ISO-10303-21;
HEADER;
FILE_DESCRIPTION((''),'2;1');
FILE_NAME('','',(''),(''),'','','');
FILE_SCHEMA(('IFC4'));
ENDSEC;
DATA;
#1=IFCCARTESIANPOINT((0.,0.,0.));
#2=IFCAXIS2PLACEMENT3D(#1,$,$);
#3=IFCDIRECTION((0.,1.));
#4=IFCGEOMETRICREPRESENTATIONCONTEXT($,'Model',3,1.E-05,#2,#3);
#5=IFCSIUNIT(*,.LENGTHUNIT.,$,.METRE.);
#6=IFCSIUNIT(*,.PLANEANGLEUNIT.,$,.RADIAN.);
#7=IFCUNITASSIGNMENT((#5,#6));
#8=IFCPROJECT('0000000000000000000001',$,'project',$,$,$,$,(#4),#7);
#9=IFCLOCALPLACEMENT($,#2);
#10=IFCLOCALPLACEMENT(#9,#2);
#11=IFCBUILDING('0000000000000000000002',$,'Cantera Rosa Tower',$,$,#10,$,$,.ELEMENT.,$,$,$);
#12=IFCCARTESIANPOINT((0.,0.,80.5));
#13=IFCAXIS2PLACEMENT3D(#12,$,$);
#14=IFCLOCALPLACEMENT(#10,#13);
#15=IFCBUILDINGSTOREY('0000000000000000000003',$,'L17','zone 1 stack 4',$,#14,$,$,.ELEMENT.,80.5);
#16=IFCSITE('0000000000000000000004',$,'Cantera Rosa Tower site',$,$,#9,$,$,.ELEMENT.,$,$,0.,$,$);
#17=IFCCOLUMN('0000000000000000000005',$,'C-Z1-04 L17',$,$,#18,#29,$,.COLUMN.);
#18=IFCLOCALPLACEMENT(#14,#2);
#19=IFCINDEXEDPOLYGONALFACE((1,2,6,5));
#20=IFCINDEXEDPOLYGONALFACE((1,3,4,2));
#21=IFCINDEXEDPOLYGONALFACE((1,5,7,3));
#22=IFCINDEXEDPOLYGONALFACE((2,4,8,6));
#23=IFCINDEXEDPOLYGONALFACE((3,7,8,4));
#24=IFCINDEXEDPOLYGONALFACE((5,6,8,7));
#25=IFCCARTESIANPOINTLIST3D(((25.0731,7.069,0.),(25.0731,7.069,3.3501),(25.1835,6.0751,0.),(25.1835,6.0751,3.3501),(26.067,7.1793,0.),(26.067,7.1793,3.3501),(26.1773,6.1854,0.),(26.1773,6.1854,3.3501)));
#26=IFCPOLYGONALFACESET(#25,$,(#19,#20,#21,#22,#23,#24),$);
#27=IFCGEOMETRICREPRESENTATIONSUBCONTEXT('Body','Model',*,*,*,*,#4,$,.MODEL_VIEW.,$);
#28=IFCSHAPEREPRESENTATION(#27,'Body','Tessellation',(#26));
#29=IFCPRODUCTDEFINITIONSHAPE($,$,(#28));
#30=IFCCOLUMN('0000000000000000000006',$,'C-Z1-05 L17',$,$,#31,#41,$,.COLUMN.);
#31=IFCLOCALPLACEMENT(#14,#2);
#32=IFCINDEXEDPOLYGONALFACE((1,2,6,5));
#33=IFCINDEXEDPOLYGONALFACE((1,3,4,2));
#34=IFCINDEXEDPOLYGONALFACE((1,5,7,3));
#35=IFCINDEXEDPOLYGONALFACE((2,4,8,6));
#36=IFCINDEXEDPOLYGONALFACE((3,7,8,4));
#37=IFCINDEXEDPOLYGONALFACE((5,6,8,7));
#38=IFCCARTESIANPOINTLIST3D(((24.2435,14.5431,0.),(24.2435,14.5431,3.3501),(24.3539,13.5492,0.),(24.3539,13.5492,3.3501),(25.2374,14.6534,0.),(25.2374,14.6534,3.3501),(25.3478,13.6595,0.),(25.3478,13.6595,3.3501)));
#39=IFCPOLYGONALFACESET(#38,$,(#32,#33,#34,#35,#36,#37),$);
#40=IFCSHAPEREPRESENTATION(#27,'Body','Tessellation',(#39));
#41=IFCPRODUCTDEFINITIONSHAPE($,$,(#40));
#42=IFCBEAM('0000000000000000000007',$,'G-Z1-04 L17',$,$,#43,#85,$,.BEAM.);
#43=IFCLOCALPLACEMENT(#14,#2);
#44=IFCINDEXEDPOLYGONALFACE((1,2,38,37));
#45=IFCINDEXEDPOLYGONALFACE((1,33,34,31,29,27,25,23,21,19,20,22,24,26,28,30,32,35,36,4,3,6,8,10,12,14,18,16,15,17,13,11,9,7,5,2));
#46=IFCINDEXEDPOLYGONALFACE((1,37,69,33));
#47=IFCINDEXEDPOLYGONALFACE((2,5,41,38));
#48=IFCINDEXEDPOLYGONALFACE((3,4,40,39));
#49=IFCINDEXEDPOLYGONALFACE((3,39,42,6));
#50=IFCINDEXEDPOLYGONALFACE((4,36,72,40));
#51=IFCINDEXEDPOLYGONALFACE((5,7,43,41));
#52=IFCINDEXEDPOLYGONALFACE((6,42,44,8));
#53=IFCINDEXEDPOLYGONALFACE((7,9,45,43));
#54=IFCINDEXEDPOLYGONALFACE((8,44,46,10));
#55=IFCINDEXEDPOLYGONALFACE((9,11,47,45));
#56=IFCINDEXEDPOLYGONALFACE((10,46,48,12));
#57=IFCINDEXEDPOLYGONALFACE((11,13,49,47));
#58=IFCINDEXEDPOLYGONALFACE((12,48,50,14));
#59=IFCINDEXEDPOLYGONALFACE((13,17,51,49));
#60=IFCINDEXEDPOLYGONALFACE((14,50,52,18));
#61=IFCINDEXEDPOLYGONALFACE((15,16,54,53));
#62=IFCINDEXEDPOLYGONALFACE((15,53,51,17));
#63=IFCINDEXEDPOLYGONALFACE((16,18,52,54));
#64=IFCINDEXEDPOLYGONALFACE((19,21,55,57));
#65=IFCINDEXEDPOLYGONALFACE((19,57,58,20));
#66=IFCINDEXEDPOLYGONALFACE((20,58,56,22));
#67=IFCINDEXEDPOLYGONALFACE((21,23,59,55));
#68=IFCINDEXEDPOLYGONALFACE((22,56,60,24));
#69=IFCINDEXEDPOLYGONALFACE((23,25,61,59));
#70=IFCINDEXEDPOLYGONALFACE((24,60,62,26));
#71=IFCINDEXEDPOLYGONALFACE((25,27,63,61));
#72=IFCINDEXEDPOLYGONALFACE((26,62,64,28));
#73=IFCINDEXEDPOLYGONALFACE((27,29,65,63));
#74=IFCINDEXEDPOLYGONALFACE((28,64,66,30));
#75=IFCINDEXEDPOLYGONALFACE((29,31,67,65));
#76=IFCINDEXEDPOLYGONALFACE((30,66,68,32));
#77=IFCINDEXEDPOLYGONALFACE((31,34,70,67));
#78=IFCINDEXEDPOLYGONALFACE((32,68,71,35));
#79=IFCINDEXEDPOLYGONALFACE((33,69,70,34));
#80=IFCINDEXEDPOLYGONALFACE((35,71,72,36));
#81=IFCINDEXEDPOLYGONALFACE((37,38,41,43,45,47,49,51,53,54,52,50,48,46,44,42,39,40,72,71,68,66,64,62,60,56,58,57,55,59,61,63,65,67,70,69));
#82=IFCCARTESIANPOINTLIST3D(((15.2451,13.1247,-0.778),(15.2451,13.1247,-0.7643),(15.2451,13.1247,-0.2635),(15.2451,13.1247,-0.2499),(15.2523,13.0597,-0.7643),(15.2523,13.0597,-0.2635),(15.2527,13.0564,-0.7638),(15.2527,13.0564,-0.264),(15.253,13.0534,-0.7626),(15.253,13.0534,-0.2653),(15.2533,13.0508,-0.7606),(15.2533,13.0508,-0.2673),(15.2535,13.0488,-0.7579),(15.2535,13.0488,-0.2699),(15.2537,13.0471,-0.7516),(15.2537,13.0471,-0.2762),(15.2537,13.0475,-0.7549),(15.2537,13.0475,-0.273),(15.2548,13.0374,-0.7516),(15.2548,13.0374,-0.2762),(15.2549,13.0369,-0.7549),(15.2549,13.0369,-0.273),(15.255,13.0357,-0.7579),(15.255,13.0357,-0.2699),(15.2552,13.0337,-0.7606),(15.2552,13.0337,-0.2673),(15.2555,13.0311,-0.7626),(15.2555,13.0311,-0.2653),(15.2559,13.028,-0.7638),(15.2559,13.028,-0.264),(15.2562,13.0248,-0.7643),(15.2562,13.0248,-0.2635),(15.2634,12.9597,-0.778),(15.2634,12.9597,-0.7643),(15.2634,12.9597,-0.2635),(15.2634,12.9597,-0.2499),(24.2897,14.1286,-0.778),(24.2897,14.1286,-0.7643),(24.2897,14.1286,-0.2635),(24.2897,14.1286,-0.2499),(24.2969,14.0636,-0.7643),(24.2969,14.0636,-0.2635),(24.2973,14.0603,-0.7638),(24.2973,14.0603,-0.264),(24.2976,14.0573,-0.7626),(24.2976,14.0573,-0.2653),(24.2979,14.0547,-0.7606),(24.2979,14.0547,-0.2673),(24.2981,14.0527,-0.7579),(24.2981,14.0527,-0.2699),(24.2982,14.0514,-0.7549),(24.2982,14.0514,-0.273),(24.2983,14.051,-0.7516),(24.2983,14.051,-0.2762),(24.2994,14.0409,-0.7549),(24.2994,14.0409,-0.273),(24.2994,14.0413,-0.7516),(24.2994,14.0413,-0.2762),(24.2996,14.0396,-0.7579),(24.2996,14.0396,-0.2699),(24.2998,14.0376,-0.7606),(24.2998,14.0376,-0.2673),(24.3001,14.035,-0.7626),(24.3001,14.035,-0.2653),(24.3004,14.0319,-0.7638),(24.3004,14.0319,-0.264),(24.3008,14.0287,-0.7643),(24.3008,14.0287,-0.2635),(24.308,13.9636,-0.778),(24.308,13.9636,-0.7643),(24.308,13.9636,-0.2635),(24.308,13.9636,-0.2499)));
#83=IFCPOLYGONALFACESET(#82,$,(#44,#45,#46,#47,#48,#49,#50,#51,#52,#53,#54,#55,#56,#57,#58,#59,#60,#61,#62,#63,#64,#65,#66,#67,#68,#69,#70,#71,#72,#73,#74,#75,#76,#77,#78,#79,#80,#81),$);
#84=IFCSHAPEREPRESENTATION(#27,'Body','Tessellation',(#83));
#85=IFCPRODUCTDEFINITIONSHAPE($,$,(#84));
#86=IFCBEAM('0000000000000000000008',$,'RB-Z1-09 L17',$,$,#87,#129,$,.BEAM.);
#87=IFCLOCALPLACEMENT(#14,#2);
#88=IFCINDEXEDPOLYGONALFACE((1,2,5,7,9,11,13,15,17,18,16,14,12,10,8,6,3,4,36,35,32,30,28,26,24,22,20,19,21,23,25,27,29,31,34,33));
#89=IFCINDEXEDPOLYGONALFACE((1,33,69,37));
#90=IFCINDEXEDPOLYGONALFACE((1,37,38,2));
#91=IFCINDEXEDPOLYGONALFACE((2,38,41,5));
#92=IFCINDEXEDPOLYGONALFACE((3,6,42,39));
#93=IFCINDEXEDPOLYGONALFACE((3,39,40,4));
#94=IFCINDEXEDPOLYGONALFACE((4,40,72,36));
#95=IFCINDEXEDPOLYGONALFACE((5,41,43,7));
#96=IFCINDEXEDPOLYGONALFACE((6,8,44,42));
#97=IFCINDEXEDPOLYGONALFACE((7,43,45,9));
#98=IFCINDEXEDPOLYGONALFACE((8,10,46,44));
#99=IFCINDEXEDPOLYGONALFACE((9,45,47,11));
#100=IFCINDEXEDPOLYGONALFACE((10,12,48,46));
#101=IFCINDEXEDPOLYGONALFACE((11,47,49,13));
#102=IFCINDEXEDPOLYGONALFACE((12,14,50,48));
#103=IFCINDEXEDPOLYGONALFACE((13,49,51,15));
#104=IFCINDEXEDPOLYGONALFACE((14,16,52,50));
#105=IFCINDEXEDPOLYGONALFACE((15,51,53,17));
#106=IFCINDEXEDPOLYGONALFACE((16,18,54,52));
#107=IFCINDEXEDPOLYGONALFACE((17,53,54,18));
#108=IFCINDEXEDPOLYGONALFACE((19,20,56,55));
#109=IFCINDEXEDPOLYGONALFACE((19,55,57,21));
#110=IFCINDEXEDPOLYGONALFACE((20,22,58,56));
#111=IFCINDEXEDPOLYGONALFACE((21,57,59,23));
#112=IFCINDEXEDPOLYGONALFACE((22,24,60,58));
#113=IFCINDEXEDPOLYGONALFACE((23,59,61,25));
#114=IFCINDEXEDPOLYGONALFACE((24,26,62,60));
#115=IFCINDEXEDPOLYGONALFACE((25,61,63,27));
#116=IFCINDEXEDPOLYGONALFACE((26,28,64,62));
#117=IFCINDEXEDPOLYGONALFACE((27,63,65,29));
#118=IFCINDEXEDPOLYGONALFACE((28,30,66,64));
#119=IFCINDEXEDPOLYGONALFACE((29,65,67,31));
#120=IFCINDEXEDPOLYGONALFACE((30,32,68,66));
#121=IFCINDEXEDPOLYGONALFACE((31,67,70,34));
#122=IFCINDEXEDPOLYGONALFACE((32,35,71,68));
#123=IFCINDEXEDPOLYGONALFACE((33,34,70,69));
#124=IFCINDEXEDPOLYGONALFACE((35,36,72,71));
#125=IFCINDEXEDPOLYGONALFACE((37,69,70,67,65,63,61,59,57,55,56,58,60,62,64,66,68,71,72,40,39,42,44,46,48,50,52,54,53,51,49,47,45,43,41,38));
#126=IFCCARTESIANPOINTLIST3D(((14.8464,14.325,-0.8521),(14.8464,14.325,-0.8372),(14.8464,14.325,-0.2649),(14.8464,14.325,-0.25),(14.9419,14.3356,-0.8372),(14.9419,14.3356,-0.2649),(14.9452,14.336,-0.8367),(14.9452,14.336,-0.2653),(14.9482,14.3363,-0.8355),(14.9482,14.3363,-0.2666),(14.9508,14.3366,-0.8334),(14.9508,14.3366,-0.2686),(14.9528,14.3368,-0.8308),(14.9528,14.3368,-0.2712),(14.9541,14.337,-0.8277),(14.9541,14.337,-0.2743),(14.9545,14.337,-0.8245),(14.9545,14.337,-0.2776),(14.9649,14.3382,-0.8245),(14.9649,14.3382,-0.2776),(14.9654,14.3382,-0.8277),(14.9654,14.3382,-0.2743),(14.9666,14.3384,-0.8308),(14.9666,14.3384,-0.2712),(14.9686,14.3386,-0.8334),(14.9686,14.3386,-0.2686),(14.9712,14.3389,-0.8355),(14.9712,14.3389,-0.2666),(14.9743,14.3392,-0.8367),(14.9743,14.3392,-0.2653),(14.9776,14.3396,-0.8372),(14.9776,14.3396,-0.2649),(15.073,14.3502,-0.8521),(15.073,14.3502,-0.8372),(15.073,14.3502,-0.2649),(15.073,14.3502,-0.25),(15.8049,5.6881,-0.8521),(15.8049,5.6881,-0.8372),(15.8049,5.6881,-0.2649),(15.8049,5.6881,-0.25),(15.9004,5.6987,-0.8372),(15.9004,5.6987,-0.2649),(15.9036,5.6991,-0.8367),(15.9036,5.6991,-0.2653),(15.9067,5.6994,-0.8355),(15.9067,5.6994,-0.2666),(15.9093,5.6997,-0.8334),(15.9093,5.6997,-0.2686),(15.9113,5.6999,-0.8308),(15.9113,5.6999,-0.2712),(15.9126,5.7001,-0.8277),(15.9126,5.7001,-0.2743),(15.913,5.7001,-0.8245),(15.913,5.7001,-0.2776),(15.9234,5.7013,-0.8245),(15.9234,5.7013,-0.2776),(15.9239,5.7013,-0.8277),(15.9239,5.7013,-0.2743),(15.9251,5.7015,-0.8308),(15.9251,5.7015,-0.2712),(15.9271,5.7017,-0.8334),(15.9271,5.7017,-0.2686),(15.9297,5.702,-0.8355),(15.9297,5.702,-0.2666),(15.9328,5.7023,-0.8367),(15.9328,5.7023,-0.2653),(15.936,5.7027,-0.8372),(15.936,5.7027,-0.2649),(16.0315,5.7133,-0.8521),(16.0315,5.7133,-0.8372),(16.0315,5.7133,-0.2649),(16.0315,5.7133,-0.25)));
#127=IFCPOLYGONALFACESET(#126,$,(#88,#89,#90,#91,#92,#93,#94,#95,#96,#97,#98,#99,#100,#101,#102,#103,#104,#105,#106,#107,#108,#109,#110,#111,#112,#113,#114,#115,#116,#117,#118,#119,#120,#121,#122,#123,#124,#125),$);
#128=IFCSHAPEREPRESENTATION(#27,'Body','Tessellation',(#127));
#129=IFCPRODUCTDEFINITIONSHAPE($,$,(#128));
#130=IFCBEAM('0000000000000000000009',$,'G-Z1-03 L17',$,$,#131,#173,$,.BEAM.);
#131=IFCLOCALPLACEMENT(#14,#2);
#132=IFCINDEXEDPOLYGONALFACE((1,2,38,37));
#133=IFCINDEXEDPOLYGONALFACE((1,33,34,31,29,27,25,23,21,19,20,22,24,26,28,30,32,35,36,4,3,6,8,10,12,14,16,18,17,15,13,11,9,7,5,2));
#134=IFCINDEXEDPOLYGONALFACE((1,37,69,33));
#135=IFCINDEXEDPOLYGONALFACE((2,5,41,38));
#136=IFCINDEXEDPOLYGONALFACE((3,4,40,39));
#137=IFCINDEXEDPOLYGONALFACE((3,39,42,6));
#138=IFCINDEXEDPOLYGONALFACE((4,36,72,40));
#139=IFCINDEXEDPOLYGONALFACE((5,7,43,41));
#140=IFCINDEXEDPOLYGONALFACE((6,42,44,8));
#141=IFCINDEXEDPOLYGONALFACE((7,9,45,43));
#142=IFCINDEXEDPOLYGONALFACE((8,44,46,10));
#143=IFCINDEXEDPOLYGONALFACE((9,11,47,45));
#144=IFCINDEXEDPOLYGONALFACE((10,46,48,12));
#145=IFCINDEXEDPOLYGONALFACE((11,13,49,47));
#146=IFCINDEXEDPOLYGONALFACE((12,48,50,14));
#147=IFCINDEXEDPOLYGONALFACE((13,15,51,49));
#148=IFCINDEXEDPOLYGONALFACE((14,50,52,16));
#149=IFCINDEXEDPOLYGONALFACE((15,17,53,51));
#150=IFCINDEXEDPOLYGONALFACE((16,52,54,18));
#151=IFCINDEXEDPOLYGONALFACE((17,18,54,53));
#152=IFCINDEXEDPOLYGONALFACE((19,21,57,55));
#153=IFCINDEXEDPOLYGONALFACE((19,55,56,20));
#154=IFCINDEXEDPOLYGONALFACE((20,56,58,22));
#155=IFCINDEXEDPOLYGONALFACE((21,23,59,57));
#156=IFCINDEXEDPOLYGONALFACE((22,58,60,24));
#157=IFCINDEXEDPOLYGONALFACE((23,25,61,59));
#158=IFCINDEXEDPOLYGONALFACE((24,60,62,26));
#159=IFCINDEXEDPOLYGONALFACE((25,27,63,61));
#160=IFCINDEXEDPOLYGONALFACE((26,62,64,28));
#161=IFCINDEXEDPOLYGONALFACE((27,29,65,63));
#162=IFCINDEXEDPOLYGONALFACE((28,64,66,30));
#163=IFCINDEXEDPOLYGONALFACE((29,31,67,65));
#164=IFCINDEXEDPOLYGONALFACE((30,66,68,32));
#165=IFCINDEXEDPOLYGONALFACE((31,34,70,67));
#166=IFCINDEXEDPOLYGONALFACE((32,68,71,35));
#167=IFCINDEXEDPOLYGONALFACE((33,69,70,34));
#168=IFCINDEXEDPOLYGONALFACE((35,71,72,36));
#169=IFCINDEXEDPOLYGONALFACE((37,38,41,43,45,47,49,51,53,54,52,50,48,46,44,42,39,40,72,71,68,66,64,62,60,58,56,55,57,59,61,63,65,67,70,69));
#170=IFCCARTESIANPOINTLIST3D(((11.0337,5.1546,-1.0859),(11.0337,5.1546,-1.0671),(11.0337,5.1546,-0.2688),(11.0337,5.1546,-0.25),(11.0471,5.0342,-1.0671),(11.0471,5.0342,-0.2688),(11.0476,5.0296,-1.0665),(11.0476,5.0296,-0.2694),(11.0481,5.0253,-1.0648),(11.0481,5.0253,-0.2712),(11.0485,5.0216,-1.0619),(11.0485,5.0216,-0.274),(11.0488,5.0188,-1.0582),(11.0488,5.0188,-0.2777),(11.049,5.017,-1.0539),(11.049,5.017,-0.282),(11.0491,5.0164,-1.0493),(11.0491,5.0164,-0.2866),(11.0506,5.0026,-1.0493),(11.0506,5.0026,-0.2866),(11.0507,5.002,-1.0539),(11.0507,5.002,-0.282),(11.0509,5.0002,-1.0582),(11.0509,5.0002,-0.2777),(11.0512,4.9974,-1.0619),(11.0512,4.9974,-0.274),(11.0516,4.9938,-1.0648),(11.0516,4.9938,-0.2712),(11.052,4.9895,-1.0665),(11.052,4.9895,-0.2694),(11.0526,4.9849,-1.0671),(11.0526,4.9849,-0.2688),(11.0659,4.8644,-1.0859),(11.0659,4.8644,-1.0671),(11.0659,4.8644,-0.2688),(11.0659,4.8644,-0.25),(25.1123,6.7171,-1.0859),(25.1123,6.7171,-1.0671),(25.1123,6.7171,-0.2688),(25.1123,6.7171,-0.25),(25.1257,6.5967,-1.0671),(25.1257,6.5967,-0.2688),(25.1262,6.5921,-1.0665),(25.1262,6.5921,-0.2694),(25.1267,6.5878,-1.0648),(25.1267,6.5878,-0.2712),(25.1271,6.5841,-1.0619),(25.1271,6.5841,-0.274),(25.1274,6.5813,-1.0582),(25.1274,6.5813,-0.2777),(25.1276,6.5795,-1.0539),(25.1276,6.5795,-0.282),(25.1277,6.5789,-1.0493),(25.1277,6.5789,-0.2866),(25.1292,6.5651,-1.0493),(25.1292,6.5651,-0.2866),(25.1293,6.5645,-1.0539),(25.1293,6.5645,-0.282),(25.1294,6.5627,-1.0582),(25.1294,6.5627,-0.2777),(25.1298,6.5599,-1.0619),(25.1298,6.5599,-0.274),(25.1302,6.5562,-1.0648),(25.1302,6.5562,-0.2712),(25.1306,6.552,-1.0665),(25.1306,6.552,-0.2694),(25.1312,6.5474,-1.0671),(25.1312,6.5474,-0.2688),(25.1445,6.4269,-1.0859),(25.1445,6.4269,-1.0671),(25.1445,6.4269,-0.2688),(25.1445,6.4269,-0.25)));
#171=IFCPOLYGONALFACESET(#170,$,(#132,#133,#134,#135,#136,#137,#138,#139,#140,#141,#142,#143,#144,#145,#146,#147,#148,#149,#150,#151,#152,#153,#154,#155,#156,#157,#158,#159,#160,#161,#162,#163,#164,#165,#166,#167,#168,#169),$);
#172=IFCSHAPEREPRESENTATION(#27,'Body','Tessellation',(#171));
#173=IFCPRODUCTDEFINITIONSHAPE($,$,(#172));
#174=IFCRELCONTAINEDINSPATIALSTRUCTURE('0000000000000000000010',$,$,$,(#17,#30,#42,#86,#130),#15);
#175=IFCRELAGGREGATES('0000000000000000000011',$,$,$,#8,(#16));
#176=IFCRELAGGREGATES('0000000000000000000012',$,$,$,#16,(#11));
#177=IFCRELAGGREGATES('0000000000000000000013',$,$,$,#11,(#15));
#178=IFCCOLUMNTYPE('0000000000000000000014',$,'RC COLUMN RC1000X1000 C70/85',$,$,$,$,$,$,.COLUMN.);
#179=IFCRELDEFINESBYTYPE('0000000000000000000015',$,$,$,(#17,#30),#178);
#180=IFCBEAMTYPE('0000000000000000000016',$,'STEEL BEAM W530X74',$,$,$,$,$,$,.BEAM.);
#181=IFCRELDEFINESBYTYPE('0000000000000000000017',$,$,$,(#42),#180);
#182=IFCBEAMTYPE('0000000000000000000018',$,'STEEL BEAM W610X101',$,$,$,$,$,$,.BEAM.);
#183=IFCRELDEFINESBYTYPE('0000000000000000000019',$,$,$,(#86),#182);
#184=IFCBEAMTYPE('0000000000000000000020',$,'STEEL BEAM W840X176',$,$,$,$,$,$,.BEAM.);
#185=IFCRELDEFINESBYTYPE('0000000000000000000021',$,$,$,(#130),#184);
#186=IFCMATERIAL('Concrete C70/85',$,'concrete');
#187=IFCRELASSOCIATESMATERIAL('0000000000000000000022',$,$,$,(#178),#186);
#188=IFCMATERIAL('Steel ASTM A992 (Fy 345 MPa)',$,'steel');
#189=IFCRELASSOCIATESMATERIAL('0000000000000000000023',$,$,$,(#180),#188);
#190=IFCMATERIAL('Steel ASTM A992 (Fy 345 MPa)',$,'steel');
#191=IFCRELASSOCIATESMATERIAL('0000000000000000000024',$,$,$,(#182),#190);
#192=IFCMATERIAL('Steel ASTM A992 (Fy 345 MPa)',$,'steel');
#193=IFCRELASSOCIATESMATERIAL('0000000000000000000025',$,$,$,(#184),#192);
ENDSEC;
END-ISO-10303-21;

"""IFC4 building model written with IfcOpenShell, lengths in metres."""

from ifc_helpers import new_model, si_unit, direction, frame, origin, origin_2d, place, context, subcontext, project, spatial, rectangle, i_section, extrude, material, material_profile, profile_set, type_object, element, save


model = new_model("IFC4")

# Units and contexts
model_context = context("Model", 3, precision=1e-05, world=origin(), true_north=direction((0.0, 1.0)))
body_context = subcontext(model_context, "Body", "Model", "MODEL_VIEW")
ifc_project = project(units=[si_unit("LENGTHUNIT", "METRE"), si_unit("PLANEANGLEUNIT", "RADIAN")], contexts=[model_context])

# Site, building, storey
site_placement = place(None, origin())
site = spatial("IfcSite", under=ifc_project, at=site_placement, Name="Cantera Rosa Tower site", CompositionType="ELEMENT", RefElevation=0.0)
building_placement = place(site_placement, origin())
building = spatial("IfcBuilding", under=site, at=building_placement, Name="Cantera Rosa Tower", CompositionType="ELEMENT")
storey_placement = place(building_placement, frame((0.0, 0.0, 80.5)))
storey = spatial("IfcBuildingStorey", under=building, at=storey_placement, Name="L17", Description="zone 1 stack 4", CompositionType="ELEMENT", Elevation=80.5)

# Columns
ifc_material_1 = material(Name="Concrete C70/85", Category="concrete")
ifc_material_profile_1 = material_profile(ifc_material_1, rectangle(XDim=1.0, YDim=1.0, at=origin_2d()), Name="RC COLUMN RC1000X1000 C70/85")
ifc_profile_set_1 = profile_set([ifc_material_profile_1], Name="Concrete C70/85")
column_type = type_object("IfcColumnType", Name="RC COLUMN RC1000X1000 C70/85", PredefinedType="COLUMN", material=ifc_profile_set_1)
for number, where, z_axis, x_axis, name in (
    (1, (25.6252, 6.6272, 0.0), (0.0, 0.0, 1.0), (0.993897, 0.110313, 0.0), "C-Z1-04 L17"),
    (2, (24.7957, 14.1013, 0.0), (0.0, 0.0, 1.0), (0.993897, 0.110313, 0.0), "C-Z1-05 L17"),
):
    element("IfcColumn", number, at=place(storey_placement, frame(where, z_axis=z_axis, x_axis=x_axis)), inside=storey, type_object=column_type, Name=name, PredefinedType="COLUMN", context=body_context, shape_type="SweptSolid", body=[
        extrude(rectangle(XDim=1.0, YDim=1.0, at=origin_2d()), origin(), (0.0, 0.0, 1.0), 3.3501),
    ])

# Beams
ifc_material_2 = material(Name="Steel ASTM A992 (Fy 345 MPa)", Category="steel")
ifc_material_profile_2 = material_profile(ifc_material_2, i_section(OverallWidth=0.166, OverallDepth=0.5281, WebThickness=0.0098, FlangeThickness=0.0137, FilletRadius=0.0127, at=origin_2d()), Name="W530X74")
ifc_profile_set_2 = profile_set([ifc_material_profile_2], Name="Steel ASTM A992 (Fy 345 MPa)")
beam_type_1 = type_object("IfcBeamType", Name="STEEL BEAM W530X74", PredefinedType="BEAM", material=ifc_profile_set_2)
beam_1_placement = place(storey_placement, frame((24.2988, 14.0461, -0.5139), z_axis=(-0.993896, -0.11032, 0.0), x_axis=(0.11032, -0.993896, 0.0)))
element("IfcBeam", 3, at=beam_1_placement, inside=storey, type_object=beam_type_1, Name="G-Z1-04 L17", PredefinedType="BEAM", context=body_context, shape_type="SweptSolid", body=[
    extrude(i_section(OverallWidth=0.166, OverallDepth=0.5281, WebThickness=0.0098, FlangeThickness=0.0137, FilletRadius=0.0127, at=origin_2d()), origin(), (0.0, 0.0, 1.0), 9.1001),
])
ifc_material_3 = material(Name="Steel ASTM A992 (Fy 345 MPa)", Category="steel")
ifc_material_profile_3 = material_profile(ifc_material_3, i_section(OverallWidth=0.228, OverallDepth=0.6021, WebThickness=0.0105, FlangeThickness=0.0149, FilletRadius=0.0127, at=origin_2d()), Name="W610X101")
ifc_profile_set_3 = profile_set([ifc_material_profile_3], Name="Steel ASTM A992 (Fy 345 MPa)")
beam_type_2 = type_object("IfcBeamType", Name="STEEL BEAM W610X101", PredefinedType="BEAM", material=ifc_profile_set_3)
beam_2_placement = place(storey_placement, frame((15.9182, 5.7007, -0.551), z_axis=(-0.110299, 0.993898, 0.0), x_axis=(-0.993898, -0.110299, 0.0)))
element("IfcBeam", 4, at=beam_2_placement, inside=storey, type_object=beam_type_2, Name="RB-Z1-09 L17", PredefinedType="BEAM", context=body_context, shape_type="SweptSolid", body=[
    extrude(i_section(OverallWidth=0.228, OverallDepth=0.6021, WebThickness=0.0105, FlangeThickness=0.0149, FilletRadius=0.0127, at=origin_2d()), origin(), (0.0, 0.0, 1.0), 8.6899),
])
ifc_material_4 = material(Name="Steel ASTM A992 (Fy 345 MPa)", Category="steel")
ifc_material_profile_4 = material_profile(ifc_material_4, i_section(OverallWidth=0.292, OverallDepth=0.8359, WebThickness=0.0139, FlangeThickness=0.0188, FilletRadius=0.0178, at=origin_2d()), Name="W840X176")
ifc_profile_set_4 = profile_set([ifc_material_profile_4], Name="Steel ASTM A992 (Fy 345 MPa)")
beam_type_3 = type_object("IfcBeamType", Name="STEEL BEAM W840X176", PredefinedType="BEAM", material=ifc_profile_set_4)
beam_3_placement = place(storey_placement, frame((25.1284, 6.572, -0.668), z_axis=(-0.993898, -0.110307, 0.0), x_axis=(0.110307, -0.993898, 0.0)))
element("IfcBeam", 5, at=beam_3_placement, inside=storey, type_object=beam_type_3, Name="G-Z1-03 L17", PredefinedType="BEAM", context=body_context, shape_type="SweptSolid", body=[
    extrude(i_section(OverallWidth=0.292, OverallDepth=0.8359, WebThickness=0.0139, FlangeThickness=0.0188, FilletRadius=0.0178, at=origin_2d()), origin(), (0.0, 0.0, 1.0), 14.165),
])

save(model, "model.ifc")
